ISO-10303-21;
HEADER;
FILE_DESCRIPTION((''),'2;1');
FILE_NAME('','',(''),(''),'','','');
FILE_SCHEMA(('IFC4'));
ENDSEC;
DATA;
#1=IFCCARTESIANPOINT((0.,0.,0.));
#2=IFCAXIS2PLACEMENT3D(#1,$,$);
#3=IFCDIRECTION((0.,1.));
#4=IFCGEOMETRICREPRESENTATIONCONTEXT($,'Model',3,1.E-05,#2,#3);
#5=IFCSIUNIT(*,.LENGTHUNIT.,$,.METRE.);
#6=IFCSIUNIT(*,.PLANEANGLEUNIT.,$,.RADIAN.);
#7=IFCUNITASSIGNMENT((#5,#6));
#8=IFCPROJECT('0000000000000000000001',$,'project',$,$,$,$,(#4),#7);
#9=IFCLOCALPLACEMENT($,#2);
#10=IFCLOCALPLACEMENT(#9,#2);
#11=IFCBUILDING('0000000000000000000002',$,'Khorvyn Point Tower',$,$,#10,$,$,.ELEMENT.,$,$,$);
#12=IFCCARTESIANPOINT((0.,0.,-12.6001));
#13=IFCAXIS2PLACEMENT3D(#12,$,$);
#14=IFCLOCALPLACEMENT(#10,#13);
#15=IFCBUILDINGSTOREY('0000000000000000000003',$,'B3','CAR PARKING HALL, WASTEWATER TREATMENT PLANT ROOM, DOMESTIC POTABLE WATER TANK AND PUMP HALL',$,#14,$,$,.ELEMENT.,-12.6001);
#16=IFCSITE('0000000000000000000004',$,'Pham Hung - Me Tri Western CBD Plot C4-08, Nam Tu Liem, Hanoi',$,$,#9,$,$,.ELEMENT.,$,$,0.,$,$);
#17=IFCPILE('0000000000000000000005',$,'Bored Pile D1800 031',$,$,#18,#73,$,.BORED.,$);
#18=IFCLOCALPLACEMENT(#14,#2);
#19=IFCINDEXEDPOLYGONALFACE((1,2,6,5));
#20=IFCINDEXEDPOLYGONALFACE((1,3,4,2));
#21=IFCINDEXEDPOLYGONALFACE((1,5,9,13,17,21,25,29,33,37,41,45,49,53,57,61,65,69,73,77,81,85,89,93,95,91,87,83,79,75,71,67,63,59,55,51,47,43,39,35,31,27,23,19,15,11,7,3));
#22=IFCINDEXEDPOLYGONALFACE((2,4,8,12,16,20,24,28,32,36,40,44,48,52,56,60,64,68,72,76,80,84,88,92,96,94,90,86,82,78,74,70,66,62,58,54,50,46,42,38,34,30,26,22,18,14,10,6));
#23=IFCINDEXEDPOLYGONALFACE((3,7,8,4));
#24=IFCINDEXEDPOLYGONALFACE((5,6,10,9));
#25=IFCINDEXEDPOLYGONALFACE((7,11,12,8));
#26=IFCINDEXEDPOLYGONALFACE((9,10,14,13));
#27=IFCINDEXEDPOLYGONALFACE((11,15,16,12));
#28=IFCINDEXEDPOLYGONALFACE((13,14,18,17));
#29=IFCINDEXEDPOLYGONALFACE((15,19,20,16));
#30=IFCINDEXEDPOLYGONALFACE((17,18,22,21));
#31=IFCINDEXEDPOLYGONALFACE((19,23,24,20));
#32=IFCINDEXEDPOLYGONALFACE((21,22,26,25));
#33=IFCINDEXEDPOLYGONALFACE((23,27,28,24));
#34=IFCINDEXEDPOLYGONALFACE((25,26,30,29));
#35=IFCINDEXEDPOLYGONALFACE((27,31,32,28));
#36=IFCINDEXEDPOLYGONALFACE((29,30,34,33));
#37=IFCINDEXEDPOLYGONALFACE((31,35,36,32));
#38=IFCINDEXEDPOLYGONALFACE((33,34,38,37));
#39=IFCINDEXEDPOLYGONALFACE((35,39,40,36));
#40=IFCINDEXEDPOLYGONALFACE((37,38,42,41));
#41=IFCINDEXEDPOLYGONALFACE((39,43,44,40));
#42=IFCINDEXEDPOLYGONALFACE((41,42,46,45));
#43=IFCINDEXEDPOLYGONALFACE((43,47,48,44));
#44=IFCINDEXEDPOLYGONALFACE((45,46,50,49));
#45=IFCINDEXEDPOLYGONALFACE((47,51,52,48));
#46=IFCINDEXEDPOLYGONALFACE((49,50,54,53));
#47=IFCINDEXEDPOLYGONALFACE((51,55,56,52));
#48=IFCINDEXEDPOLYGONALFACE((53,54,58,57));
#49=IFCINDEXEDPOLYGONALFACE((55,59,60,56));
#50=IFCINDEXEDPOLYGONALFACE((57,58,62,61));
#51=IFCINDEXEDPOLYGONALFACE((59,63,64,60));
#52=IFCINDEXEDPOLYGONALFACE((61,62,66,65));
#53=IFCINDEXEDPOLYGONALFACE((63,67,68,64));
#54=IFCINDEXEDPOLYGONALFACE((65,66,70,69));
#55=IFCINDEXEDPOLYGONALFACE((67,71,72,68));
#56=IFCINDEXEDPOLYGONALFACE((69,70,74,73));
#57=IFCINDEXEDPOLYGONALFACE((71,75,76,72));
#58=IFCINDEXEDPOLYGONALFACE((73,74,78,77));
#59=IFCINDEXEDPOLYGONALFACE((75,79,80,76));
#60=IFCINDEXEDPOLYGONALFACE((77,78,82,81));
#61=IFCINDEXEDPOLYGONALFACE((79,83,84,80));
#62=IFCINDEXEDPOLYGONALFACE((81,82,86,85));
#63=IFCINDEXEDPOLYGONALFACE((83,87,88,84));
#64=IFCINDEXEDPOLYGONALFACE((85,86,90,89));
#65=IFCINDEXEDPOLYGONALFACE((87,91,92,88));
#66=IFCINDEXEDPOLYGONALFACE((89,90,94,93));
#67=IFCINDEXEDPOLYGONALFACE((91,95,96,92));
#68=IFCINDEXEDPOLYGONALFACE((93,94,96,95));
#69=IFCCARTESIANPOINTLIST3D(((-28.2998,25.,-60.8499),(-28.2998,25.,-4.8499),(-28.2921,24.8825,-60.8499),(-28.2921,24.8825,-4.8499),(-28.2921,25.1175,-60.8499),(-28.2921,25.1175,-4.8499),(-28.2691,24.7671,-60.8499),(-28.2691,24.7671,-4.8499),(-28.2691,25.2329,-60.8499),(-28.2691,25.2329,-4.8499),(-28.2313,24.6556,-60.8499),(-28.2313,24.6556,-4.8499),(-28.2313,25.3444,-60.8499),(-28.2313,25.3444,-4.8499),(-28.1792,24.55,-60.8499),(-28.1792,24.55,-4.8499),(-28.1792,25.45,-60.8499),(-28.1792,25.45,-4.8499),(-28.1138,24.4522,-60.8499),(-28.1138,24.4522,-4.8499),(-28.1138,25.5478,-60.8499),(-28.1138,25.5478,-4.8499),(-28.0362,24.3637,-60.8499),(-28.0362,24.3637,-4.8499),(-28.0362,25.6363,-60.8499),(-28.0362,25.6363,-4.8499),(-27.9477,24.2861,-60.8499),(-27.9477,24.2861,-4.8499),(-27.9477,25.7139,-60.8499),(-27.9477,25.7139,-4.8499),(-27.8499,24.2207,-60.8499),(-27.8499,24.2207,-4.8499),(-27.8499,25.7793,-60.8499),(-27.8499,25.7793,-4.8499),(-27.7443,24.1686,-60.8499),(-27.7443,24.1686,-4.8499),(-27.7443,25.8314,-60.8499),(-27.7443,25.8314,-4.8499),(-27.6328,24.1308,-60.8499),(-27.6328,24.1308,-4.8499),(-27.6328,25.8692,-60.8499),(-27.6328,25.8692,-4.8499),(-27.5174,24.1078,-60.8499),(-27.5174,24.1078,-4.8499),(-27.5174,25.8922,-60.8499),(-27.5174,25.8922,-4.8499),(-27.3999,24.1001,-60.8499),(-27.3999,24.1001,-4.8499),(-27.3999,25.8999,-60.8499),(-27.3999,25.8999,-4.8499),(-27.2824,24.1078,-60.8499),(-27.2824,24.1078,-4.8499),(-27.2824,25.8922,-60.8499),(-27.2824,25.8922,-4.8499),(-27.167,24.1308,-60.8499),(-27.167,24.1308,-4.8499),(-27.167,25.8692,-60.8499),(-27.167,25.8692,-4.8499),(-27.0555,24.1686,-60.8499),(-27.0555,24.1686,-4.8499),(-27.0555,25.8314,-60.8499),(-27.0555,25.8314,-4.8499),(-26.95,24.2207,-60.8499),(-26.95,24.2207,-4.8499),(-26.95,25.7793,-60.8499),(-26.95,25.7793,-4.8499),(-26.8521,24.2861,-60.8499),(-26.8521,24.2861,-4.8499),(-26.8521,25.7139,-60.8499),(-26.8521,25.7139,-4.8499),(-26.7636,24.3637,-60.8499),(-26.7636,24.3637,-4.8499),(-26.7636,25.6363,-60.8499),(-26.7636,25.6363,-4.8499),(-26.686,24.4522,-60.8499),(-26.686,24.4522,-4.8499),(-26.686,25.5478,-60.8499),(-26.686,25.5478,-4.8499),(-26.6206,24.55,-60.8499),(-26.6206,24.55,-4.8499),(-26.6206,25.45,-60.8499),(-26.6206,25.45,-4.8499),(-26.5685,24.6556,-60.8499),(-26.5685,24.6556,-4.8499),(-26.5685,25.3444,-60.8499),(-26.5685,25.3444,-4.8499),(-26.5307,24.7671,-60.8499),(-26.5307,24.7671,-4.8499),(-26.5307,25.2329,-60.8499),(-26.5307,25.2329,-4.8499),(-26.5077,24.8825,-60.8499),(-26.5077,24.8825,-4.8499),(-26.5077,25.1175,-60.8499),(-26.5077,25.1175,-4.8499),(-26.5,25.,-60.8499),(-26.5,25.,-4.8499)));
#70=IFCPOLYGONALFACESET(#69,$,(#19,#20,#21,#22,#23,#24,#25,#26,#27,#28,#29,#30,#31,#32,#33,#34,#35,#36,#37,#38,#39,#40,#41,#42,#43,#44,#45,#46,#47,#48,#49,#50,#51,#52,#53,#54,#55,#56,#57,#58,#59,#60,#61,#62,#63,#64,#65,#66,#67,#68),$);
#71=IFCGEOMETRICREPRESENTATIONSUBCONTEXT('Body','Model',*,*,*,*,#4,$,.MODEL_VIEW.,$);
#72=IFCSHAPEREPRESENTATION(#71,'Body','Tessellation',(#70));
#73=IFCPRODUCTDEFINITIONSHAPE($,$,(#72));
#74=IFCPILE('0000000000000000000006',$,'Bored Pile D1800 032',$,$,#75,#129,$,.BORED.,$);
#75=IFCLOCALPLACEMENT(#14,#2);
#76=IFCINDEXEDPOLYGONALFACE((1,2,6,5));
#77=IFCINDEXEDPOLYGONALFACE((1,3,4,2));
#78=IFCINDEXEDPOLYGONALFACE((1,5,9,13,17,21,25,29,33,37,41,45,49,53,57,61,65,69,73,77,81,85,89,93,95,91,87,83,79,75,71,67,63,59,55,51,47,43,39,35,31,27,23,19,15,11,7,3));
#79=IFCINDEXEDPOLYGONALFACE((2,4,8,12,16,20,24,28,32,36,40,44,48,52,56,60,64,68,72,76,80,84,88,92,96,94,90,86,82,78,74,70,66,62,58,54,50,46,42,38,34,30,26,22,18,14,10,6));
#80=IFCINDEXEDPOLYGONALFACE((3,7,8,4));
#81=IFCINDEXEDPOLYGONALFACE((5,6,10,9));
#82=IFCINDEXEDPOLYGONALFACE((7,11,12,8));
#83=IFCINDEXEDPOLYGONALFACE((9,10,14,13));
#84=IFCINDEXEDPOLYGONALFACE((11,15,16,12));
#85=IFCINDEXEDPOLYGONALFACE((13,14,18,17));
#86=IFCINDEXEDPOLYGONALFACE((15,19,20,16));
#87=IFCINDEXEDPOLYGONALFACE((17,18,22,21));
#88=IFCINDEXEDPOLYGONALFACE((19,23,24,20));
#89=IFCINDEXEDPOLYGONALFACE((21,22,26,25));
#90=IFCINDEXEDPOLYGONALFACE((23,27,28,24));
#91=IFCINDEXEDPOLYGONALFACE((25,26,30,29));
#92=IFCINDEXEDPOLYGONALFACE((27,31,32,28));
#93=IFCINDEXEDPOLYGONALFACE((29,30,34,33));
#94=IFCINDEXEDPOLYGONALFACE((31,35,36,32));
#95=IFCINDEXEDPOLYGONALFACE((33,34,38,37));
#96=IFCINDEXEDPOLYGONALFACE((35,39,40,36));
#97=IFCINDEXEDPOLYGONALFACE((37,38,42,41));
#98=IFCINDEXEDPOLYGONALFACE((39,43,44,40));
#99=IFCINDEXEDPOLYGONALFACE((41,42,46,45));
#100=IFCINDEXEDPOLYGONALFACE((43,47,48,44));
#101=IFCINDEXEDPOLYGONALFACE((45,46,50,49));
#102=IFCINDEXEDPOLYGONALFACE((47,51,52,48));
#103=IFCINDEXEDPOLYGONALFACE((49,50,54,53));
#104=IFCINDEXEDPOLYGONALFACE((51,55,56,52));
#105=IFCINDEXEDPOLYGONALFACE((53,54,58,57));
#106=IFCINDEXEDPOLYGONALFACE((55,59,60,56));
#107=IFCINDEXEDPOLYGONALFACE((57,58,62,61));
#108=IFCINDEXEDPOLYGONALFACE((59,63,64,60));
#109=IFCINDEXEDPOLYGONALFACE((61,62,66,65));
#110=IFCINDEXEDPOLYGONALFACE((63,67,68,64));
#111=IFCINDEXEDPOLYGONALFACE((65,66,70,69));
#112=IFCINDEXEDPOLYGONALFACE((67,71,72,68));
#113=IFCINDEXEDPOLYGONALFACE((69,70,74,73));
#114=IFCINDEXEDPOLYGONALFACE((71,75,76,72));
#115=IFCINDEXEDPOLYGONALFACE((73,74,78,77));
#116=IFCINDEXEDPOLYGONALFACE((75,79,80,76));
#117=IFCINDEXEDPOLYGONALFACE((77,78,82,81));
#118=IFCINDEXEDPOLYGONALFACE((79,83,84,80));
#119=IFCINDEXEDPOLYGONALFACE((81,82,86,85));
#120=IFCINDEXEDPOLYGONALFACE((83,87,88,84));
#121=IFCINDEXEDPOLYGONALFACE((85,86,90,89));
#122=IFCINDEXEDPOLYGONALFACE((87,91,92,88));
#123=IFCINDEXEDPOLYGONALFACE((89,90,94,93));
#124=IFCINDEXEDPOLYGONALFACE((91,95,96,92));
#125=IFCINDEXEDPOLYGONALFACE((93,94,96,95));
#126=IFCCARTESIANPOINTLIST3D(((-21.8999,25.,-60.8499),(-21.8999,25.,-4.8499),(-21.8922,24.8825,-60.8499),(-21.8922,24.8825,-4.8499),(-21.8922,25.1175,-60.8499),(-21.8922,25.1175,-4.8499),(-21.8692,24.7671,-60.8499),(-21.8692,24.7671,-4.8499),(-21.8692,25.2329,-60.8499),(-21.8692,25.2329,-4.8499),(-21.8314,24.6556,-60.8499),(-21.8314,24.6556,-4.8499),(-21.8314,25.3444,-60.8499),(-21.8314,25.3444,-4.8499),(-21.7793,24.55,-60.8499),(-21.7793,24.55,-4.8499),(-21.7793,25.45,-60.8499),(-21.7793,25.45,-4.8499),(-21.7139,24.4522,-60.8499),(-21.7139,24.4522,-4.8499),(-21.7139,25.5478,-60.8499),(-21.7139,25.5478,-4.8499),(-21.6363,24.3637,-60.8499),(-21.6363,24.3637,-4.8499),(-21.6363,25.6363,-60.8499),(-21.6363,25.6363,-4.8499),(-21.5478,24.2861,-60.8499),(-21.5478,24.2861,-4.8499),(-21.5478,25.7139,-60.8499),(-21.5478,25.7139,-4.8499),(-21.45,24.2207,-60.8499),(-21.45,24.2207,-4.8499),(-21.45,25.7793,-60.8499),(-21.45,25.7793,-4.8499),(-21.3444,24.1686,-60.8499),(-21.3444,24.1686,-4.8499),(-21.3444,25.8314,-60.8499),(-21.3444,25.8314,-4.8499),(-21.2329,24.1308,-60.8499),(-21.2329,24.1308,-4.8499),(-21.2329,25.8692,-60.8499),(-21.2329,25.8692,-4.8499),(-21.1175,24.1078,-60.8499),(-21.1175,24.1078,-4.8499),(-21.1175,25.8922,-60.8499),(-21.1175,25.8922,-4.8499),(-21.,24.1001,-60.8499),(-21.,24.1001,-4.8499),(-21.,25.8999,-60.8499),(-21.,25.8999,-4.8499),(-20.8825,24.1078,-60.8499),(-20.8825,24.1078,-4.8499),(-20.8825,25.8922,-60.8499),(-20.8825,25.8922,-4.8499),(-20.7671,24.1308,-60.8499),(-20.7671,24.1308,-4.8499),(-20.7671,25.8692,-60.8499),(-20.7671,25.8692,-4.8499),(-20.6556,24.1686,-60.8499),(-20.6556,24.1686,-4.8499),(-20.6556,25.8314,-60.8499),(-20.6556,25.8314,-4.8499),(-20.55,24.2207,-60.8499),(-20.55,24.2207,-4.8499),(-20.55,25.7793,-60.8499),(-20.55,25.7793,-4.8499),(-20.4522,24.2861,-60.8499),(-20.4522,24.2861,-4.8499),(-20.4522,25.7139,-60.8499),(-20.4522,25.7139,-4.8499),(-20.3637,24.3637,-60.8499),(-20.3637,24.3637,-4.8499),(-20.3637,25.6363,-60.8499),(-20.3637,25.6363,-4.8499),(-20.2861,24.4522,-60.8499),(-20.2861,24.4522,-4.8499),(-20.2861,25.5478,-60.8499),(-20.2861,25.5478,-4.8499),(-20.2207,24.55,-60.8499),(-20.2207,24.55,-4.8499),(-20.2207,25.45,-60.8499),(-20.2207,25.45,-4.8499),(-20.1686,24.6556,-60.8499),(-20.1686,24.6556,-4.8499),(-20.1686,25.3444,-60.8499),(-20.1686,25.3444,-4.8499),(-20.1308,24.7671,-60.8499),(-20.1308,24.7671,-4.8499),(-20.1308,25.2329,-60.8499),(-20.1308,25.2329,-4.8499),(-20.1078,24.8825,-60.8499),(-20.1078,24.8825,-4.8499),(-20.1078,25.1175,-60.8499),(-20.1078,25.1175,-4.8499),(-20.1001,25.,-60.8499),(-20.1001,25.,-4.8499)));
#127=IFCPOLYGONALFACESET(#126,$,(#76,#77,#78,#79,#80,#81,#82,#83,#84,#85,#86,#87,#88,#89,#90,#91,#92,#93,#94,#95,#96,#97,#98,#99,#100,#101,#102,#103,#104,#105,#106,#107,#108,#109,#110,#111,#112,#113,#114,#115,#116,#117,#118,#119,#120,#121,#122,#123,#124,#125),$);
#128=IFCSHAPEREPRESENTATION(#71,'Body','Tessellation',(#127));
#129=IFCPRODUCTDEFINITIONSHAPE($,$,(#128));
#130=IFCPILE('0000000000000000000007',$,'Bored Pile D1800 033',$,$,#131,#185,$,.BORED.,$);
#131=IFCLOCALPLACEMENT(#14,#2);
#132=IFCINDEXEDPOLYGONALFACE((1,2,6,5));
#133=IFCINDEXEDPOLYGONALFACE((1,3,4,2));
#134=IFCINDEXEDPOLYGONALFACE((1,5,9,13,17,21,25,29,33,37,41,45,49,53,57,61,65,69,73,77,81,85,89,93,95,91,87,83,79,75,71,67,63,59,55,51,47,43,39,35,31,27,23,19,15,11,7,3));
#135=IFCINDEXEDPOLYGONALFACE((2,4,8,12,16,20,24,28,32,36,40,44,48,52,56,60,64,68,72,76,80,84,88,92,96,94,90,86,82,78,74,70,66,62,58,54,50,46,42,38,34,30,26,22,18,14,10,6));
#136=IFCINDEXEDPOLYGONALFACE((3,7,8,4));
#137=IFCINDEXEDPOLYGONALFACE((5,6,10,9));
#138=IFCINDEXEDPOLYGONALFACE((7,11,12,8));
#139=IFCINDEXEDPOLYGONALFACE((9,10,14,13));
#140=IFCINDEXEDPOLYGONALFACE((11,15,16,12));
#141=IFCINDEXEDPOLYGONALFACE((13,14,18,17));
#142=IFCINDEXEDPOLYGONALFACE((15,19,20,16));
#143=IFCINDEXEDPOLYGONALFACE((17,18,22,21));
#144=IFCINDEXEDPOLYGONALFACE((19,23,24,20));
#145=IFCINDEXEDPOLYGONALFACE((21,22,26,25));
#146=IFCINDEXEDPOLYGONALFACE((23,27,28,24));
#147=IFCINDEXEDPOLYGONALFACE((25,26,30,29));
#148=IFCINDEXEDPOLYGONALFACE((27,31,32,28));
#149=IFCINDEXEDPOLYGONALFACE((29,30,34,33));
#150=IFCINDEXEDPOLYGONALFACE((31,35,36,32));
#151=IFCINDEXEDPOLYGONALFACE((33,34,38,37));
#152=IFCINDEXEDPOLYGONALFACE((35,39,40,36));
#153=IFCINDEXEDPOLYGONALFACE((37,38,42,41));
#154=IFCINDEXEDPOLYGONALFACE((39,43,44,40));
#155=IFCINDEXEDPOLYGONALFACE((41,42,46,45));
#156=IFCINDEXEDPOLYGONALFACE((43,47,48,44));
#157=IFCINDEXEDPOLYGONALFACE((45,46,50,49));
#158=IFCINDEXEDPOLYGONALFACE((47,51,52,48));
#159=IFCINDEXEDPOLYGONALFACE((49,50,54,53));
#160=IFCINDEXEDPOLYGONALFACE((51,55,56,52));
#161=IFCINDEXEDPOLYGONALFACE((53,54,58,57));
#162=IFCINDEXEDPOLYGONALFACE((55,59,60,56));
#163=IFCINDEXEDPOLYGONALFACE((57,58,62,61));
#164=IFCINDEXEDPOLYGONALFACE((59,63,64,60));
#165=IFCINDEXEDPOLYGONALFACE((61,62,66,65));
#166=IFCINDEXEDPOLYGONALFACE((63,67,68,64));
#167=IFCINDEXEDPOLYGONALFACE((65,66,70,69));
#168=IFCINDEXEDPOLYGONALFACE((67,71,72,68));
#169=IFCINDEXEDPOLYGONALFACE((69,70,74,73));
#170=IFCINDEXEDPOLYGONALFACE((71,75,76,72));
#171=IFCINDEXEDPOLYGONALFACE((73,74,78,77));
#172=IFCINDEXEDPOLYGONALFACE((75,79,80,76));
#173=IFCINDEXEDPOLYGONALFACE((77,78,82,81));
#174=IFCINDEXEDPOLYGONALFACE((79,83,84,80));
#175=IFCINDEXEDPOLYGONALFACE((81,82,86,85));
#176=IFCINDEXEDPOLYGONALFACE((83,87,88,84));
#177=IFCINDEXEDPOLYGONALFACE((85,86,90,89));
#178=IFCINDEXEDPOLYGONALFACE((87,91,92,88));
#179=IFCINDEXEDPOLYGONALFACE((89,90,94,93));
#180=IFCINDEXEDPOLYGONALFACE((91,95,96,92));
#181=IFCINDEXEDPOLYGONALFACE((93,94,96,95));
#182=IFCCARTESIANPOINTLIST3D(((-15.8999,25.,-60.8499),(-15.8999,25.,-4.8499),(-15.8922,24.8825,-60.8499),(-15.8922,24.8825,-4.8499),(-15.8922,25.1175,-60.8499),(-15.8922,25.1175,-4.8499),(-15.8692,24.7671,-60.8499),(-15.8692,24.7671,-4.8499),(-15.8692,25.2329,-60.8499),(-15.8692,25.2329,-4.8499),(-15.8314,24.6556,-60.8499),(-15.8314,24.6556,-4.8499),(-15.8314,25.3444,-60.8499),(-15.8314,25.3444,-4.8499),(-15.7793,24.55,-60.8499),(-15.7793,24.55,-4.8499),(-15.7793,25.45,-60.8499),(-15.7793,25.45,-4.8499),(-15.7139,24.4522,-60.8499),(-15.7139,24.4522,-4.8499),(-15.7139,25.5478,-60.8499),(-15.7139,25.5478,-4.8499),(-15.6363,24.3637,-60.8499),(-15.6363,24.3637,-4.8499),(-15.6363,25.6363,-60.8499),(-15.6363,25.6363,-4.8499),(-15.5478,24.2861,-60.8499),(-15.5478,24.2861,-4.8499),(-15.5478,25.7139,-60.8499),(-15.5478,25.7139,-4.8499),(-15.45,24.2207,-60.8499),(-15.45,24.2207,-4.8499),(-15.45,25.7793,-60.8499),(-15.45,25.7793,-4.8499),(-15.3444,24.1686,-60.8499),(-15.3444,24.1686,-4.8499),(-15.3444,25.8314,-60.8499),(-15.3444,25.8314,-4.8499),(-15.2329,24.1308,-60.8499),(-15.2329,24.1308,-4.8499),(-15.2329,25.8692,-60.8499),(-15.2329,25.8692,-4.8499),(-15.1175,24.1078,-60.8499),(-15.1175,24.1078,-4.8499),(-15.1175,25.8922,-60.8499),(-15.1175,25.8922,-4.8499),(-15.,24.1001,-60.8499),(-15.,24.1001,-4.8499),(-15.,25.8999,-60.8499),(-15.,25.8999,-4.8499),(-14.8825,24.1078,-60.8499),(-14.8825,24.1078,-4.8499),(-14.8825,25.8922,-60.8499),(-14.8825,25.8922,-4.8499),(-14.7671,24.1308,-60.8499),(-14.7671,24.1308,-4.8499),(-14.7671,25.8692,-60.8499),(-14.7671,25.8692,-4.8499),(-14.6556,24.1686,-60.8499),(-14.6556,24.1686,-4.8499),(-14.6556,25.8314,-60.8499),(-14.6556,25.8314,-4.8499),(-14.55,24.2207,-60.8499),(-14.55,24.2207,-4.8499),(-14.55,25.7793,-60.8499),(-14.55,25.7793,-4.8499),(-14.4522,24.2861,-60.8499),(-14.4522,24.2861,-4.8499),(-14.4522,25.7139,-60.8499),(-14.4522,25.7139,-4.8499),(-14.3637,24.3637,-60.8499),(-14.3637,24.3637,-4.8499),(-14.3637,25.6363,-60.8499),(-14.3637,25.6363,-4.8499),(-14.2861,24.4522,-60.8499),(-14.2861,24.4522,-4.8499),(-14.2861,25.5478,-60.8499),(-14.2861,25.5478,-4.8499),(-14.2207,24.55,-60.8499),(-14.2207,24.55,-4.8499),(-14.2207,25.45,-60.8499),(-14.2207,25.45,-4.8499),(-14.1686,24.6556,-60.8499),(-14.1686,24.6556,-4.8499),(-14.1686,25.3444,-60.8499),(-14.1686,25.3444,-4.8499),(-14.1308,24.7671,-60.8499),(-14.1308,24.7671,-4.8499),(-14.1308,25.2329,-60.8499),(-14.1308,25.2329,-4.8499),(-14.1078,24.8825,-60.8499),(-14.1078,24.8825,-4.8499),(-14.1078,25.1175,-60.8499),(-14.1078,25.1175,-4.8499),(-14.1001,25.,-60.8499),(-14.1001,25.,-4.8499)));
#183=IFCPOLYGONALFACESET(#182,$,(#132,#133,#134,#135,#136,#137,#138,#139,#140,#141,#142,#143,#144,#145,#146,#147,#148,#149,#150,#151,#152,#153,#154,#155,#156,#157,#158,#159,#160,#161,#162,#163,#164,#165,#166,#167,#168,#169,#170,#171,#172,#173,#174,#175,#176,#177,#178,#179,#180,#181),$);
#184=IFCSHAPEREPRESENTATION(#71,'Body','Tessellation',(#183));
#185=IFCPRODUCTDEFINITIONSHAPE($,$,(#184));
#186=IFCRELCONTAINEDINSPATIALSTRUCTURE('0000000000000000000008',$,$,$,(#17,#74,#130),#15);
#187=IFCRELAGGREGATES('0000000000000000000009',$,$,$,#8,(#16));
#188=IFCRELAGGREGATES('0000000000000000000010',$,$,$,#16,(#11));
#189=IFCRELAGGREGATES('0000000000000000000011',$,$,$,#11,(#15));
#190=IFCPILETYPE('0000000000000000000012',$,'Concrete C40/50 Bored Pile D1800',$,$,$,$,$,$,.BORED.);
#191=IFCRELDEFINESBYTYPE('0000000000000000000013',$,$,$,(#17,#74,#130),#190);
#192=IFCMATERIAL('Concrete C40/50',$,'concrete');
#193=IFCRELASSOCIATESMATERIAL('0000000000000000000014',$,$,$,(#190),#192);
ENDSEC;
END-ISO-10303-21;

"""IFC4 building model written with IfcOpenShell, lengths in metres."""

from ifc_helpers import new_model, si_unit, direction, frame, origin, origin_2d, place, context, subcontext, project, spatial, circle, extrude, material, material_profile, profile_set, type_object, element, save


model = new_model("IFC4")

# Units and contexts
model_context = context("Model", 3, precision=1e-05, world=origin(), true_north=direction((0.0, 1.0)))
body_context = subcontext(model_context, "Body", "Model", "MODEL_VIEW")
ifc_project = project(units=[si_unit("LENGTHUNIT", "METRE"), si_unit("PLANEANGLEUNIT", "RADIAN")], contexts=[model_context])

# Site, building, storey
site_placement = place(None, origin())
site = spatial("IfcSite", under=ifc_project, at=site_placement, Name="Pham Hung - Me Tri Western CBD Plot C4-08, Nam Tu Liem, Hanoi", CompositionType="ELEMENT", RefElevation=0.0)
building_placement = place(site_placement, origin())
building = spatial("IfcBuilding", under=site, at=building_placement, Name="Khorvyn Point Tower", CompositionType="ELEMENT")
storey_placement = place(building_placement, frame((0.0, 0.0, -12.6001)))
storey = spatial("IfcBuildingStorey", under=building, at=storey_placement, Name="B3", Description="CAR PARKING HALL, WASTEWATER TREATMENT PLANT ROOM, DOMESTIC POTABLE WATER TANK AND PUMP HALL", CompositionType="ELEMENT", Elevation=-12.6001)

# Piles
ifc_material_1 = material(Name="Concrete C40/50", Category="concrete")
ifc_material_profile_1 = material_profile(ifc_material_1, circle(Radius=0.8999, at=origin_2d()))
ifc_profile_set_1 = profile_set([ifc_material_profile_1], Name="Concrete C40/50 PILE-D1800")
pile_type_1 = type_object("IfcPileType", Name="Concrete C40/50 Bored Pile D1800", PredefinedType="BORED", material=ifc_profile_set_1)
for number, where, z_axis, x_axis, name in (
    (1, (-27.3999, 25.0, -4.8499), (0.0, 0.0, -1.0), (1.0, 0.0, 0.0), "Bored Pile D1800 031"),
    (2, (-21.0, 25.0, -4.8499), (0.0, 0.0, -1.0), (1.0, 0.0, 0.0), "Bored Pile D1800 032"),
    (3, (-15.0, 25.0, -4.8499), (0.0, 0.0, -1.0), (1.0, 0.0, 0.0), "Bored Pile D1800 033"),
):
    element("IfcPile", number, at=place(storey_placement, frame(where, z_axis=z_axis, x_axis=x_axis)), inside=storey, type_object=pile_type_1, Name=name, PredefinedType="BORED", context=body_context, shape_type="SweptSolid", body=[
        extrude(circle(Radius=0.8999, at=origin_2d()), origin(), (0.0, 0.0, 1.0), 56.0),
    ])

save(model, "model.ifc")
